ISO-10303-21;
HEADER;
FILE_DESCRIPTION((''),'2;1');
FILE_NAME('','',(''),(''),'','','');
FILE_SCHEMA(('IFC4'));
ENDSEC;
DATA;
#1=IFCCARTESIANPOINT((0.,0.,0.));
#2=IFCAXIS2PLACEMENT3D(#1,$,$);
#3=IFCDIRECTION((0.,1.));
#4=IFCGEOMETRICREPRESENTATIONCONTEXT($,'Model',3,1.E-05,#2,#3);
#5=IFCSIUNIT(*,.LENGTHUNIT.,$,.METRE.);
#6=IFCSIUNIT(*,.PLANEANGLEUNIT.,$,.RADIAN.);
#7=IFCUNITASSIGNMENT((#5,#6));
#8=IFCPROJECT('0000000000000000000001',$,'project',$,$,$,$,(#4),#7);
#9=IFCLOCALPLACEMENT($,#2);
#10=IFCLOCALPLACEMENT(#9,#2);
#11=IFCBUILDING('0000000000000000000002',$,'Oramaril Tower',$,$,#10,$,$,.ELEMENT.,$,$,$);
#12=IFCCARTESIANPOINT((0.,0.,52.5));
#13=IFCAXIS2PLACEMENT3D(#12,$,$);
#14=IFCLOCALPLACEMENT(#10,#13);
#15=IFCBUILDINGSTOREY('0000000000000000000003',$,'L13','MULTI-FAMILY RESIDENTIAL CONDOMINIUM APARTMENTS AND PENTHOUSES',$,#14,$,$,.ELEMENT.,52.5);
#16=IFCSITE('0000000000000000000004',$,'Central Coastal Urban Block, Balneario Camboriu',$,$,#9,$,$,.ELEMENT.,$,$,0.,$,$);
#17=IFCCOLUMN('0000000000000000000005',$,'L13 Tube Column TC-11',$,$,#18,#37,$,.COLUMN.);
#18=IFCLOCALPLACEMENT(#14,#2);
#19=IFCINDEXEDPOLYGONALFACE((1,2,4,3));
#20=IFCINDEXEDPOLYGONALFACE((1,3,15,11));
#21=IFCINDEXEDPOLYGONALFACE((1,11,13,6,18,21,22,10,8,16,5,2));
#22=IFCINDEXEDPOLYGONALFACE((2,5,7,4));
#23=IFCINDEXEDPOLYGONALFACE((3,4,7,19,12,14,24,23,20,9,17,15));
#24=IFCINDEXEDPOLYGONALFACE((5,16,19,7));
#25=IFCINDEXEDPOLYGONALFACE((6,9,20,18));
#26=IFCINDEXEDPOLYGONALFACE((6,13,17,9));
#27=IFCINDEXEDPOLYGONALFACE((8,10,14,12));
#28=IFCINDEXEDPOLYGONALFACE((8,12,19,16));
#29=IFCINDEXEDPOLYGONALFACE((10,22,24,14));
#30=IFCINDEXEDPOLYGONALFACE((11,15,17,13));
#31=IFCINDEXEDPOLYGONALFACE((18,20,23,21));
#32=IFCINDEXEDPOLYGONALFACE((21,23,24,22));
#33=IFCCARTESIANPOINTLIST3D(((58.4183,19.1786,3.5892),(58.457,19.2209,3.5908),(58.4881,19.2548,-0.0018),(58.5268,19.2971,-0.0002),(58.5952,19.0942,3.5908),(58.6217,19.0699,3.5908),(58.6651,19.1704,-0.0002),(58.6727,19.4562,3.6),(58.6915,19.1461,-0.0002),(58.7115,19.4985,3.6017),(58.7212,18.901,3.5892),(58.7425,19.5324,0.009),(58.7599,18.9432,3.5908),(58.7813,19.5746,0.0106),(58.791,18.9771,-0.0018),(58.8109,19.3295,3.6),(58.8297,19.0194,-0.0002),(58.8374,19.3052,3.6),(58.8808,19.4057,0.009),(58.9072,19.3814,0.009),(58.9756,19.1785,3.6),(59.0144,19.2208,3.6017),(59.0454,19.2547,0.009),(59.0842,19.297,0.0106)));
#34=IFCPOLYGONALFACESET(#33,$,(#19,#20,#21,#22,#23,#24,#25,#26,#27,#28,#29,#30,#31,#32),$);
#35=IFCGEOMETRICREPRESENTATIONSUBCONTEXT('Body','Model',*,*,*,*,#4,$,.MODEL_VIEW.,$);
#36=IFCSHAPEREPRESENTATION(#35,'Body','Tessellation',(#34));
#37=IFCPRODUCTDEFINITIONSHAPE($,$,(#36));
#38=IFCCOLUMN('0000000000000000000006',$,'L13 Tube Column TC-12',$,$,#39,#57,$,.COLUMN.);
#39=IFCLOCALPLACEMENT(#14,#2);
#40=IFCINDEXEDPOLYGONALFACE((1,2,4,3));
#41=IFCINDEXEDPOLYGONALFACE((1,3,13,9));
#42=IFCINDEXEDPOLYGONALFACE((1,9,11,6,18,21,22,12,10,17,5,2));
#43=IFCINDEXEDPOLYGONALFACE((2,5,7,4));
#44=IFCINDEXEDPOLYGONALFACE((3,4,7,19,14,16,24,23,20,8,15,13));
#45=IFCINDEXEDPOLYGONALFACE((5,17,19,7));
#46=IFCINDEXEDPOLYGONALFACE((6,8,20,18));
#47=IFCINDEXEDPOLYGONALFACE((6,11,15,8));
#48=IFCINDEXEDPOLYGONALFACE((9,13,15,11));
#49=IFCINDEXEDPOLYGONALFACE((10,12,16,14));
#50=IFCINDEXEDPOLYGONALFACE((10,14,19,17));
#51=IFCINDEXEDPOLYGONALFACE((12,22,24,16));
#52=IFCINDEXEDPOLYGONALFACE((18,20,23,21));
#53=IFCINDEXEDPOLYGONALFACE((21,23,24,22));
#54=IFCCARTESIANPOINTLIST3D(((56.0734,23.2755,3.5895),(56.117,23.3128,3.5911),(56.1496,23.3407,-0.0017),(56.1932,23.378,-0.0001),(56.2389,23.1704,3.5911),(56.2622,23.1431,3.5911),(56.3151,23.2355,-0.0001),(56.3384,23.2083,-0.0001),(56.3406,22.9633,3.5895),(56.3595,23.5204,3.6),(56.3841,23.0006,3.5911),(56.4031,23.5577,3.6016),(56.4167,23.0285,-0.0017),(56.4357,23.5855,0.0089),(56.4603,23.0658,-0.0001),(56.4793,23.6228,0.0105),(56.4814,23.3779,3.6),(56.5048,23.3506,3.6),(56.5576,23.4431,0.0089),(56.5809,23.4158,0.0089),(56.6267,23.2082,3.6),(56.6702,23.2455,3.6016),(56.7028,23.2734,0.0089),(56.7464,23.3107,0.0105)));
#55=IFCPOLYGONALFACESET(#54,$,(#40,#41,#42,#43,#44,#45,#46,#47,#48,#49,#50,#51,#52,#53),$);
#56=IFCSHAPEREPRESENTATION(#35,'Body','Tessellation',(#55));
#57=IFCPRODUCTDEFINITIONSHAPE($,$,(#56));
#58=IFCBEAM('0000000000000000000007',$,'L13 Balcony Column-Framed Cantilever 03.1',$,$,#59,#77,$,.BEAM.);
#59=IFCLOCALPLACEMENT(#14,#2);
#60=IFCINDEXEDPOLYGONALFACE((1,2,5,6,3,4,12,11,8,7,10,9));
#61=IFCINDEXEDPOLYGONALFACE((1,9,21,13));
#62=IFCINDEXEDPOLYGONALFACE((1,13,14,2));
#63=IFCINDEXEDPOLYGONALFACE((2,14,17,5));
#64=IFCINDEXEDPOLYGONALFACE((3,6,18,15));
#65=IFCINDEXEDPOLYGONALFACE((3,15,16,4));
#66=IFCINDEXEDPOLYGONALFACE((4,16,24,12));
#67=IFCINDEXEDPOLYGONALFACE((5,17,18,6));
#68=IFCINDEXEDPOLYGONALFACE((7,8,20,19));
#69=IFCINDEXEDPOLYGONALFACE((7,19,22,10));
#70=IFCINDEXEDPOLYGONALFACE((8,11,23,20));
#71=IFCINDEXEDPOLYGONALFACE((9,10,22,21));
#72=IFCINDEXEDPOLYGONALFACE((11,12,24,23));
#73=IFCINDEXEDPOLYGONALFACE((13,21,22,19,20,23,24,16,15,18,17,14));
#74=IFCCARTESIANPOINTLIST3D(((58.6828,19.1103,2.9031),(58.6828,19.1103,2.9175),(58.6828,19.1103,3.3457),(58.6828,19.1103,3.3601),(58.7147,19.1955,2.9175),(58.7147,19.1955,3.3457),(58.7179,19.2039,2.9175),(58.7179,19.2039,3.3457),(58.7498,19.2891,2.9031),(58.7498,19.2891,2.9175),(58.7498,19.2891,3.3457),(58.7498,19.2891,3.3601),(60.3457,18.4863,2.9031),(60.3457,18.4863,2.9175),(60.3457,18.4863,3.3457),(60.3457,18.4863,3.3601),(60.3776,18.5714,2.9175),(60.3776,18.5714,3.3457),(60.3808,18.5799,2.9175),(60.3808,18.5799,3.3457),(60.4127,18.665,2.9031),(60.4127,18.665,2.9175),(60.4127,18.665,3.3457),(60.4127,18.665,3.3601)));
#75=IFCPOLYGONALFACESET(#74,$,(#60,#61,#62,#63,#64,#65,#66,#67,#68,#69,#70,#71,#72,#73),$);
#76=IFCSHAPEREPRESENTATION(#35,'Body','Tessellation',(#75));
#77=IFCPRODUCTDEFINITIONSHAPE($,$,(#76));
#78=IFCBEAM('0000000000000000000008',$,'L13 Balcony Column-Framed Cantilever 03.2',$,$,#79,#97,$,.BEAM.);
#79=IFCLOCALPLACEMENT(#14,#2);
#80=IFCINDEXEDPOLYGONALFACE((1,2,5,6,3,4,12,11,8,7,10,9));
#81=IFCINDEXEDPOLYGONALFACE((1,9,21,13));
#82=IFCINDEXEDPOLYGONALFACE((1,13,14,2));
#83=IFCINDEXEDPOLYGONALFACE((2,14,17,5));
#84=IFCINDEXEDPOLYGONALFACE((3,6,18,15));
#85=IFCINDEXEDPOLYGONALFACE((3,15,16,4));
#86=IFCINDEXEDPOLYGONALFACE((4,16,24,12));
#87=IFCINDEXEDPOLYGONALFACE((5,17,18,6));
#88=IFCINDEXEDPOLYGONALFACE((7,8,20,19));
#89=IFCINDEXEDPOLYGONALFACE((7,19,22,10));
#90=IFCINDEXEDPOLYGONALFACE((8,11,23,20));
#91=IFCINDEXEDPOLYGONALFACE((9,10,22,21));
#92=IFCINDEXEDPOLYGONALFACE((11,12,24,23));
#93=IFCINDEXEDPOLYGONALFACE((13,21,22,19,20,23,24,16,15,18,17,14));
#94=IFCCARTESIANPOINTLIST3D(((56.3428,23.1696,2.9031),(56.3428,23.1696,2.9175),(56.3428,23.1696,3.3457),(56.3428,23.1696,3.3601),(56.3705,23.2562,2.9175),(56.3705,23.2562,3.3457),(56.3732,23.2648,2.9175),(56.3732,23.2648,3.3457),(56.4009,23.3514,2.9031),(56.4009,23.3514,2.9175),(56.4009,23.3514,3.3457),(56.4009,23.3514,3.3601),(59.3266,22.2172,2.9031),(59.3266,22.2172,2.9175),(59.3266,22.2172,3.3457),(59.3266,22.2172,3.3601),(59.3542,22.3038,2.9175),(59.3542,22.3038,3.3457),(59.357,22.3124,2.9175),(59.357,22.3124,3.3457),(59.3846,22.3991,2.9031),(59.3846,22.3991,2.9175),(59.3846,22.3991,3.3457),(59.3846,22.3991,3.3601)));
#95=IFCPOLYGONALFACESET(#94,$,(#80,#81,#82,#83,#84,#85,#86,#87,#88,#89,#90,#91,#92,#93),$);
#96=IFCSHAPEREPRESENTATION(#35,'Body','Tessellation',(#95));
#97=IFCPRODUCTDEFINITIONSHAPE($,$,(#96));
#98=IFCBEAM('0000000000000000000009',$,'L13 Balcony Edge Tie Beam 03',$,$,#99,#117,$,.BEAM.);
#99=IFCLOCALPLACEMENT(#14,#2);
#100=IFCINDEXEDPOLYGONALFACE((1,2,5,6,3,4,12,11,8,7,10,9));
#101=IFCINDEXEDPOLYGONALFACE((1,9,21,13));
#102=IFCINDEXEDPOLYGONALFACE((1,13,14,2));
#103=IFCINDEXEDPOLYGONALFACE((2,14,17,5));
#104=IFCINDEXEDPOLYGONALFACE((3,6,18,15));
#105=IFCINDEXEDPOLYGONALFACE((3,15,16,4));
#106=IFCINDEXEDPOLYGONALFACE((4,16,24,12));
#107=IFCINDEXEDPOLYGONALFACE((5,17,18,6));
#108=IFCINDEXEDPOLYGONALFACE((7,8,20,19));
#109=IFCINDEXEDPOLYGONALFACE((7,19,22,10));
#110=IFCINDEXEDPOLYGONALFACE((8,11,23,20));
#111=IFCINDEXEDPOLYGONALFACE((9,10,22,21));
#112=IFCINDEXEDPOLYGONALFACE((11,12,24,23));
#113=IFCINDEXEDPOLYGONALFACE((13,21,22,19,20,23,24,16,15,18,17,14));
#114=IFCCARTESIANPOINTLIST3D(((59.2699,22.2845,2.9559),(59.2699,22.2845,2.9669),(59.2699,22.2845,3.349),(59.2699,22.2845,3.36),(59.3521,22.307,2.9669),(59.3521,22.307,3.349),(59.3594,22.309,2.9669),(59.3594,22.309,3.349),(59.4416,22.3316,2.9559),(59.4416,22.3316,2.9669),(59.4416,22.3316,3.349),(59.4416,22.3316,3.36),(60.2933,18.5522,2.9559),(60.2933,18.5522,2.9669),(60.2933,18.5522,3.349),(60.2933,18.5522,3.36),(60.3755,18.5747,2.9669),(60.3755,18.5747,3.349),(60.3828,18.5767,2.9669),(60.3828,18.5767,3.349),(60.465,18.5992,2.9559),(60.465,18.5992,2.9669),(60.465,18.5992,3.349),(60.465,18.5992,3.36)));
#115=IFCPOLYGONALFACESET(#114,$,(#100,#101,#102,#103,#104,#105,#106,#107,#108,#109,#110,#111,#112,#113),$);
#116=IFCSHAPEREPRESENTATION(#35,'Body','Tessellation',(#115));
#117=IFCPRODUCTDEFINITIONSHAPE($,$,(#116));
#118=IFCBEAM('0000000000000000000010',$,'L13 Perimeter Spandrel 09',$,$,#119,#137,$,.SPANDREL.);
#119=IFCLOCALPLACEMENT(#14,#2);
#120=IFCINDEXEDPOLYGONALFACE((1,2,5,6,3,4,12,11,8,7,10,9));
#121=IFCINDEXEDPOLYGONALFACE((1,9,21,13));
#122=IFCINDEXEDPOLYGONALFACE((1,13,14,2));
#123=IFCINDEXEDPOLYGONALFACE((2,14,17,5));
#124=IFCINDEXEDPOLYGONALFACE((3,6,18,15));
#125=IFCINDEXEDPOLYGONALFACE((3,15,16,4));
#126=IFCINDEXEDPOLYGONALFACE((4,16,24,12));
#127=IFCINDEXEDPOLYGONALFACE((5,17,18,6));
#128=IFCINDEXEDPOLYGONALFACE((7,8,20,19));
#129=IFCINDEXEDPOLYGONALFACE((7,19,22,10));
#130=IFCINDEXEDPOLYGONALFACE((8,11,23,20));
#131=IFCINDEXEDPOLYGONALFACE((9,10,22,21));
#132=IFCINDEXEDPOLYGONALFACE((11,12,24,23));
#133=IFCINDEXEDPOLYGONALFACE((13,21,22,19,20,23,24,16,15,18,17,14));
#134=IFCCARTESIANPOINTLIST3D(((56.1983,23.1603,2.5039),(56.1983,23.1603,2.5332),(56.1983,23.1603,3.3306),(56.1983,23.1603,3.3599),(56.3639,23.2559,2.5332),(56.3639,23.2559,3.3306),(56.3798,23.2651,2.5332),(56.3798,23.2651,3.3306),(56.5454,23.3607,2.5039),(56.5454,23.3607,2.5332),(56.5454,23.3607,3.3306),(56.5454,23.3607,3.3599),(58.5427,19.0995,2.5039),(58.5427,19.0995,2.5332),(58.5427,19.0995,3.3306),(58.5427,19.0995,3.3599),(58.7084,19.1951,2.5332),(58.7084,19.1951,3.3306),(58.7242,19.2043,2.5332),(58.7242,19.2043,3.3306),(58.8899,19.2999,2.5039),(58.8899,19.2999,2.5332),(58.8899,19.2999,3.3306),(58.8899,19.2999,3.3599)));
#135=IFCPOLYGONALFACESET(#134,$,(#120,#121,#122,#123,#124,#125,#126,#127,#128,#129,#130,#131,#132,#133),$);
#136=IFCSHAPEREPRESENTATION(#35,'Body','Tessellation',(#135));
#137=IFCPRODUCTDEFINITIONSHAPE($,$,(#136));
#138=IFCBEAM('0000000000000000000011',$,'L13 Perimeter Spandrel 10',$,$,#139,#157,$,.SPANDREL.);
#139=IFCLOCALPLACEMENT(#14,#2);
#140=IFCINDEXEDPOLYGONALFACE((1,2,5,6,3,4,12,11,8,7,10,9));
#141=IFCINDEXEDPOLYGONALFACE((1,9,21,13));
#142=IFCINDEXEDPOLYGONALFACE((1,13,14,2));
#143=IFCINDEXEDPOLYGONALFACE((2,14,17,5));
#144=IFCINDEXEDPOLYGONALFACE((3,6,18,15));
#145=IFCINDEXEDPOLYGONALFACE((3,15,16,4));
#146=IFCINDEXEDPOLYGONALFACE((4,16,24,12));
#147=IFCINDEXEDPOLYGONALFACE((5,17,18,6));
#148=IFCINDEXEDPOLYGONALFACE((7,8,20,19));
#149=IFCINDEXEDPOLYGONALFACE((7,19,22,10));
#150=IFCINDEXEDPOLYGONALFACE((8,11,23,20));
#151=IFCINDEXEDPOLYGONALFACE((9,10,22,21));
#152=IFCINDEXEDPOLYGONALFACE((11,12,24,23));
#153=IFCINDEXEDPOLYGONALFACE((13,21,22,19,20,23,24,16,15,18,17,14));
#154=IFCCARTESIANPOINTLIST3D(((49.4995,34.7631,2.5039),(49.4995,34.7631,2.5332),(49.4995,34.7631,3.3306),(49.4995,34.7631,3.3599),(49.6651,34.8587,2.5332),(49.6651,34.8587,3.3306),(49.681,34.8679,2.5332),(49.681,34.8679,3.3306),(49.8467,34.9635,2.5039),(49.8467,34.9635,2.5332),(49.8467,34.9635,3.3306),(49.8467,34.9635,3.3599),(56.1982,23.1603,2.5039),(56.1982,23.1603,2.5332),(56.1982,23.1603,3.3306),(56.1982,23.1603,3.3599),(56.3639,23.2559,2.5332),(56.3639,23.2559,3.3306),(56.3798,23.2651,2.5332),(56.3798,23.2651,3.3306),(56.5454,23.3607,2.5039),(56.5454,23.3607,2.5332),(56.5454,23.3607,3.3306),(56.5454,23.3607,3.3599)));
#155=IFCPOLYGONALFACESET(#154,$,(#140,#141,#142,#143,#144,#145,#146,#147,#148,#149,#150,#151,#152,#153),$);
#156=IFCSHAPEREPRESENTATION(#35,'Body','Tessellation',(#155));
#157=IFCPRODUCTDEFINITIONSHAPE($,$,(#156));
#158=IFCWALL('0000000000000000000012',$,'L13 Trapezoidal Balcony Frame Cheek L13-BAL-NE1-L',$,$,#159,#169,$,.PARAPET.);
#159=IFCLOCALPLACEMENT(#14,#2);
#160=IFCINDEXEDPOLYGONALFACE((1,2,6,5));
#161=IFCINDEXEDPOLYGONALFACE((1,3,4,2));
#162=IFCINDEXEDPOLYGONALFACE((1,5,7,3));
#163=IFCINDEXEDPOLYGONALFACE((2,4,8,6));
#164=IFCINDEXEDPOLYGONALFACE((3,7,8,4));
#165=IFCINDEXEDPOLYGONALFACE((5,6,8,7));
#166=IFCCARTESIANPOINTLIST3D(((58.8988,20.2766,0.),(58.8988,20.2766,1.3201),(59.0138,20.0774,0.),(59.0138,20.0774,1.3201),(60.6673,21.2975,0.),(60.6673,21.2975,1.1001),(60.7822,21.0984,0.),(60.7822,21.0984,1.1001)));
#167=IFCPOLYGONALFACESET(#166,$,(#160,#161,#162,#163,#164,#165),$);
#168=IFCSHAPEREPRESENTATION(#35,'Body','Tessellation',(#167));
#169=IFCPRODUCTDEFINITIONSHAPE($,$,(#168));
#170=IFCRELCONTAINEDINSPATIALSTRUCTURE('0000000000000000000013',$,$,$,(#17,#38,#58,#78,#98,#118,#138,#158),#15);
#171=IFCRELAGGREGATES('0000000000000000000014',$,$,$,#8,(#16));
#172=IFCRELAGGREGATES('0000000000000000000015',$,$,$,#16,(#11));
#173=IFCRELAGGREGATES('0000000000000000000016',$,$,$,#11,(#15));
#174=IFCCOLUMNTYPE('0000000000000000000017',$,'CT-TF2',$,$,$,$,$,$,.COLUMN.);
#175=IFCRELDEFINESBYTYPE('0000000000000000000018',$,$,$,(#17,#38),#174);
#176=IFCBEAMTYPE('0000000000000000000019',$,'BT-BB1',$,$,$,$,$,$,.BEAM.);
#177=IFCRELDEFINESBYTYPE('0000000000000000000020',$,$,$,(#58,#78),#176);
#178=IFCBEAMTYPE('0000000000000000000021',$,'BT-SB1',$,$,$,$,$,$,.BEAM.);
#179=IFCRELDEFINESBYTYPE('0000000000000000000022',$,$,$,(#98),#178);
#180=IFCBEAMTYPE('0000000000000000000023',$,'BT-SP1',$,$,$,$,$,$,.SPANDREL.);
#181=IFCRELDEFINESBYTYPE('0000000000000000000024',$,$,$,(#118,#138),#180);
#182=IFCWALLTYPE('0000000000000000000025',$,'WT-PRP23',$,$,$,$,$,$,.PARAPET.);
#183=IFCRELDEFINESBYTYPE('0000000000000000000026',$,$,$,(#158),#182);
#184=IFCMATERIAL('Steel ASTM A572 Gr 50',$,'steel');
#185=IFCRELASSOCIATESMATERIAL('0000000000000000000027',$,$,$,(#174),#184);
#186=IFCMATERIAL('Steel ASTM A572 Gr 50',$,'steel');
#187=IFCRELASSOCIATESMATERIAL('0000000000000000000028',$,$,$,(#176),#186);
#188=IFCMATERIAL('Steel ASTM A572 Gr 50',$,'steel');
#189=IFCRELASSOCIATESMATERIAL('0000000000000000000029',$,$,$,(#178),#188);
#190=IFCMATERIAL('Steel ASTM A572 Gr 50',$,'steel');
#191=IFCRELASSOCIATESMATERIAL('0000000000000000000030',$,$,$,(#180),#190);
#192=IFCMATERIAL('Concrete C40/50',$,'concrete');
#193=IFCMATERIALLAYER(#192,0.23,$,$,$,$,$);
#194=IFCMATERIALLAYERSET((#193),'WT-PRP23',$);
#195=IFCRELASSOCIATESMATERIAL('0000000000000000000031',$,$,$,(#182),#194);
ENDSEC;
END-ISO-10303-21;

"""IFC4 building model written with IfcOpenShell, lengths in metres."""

from ifc_helpers import new_model, si_unit, direction, frame, origin, origin_2d, place, context, subcontext, project, spatial, polyline, i_section, outline, extrude, material, layer, layer_set, material_profile, profile_set, type_object, element, save


model = new_model("IFC4")

# Units and contexts
model_context = context("Model", 3, precision=1e-05, world=origin(), true_north=direction((0.0, 1.0)))
body_context = subcontext(model_context, "Body", "Model", "MODEL_VIEW")
ifc_project = project(units=[si_unit("LENGTHUNIT", "METRE"), si_unit("PLANEANGLEUNIT", "RADIAN")], contexts=[model_context])

# Site, building, storey
site_placement = place(None, origin())
site = spatial("IfcSite", under=ifc_project, at=site_placement, Name="Central Coastal Urban Block, Balneario Camboriu", CompositionType="ELEMENT", RefElevation=0.0)
building_placement = place(site_placement, origin())
building = spatial("IfcBuilding", under=site, at=building_placement, Name="Oramaril Tower", CompositionType="ELEMENT")
storey_placement = place(building_placement, frame((0.0, 0.0, 52.5)))
storey = spatial("IfcBuildingStorey", under=building, at=storey_placement, Name="L13", Description="MULTI-FAMILY RESIDENTIAL CONDOMINIUM APARTMENTS AND PENTHOUSES", CompositionType="ELEMENT", Elevation=52.5)

# Columns
ifc_material_1 = material(Name="Steel ASTM A572 Gr 50", Category="steel")
ifc_material_profile_1 = material_profile(ifc_material_1, i_section(OverallWidth=0.4109, OverallDepth=0.4341, WebThickness=0.0359, FlangeThickness=0.0574, at=origin_2d()), Name="W14X311")
ifc_profile_set_1 = profile_set([ifc_material_profile_1], Name="Steel ASTM A572 Gr 50")
column_type = type_object("IfcColumnType", Name="CT-TF2", PredefinedType="COLUMN", material=ifc_profile_set_1)
for number, where, z_axis, x_axis, name in (
    (1, (58.7861, 19.2759, 0.0044), (-0.019436, -0.021203, 0.999586), (0.737154, -0.675725, 0.0), "L13 Tube Column TC-11"),
    (2, (56.448, 23.3257, 0.0044), (-0.021203, -0.018145, 0.999611), (0.65019, -0.759772, 0.0), "L13 Tube Column TC-12"),
):
    element("IfcColumn", number, at=place(storey_placement, frame(where, z_axis=z_axis, x_axis=x_axis)), inside=storey, type_object=column_type, Name=name, PredefinedType="COLUMN", context=body_context, shape_type="SweptSolid", body=[
        extrude(i_section(OverallWidth=0.4109, OverallDepth=0.4341, WebThickness=0.0359, FlangeThickness=0.0574, at=origin_2d()), origin(), (0.0, 0.0, 1.0), 3.5925),
    ])

# Beams
ifc_material_2 = material(Name="Steel ASTM A572 Gr 50", Category="steel")
ifc_material_profile_2 = material_profile(ifc_material_2, i_section(OverallWidth=0.1909, OverallDepth=0.457, WebThickness=0.009, FlangeThickness=0.0144, at=origin_2d()), Name="W18X50")
ifc_profile_set_2 = profile_set([ifc_material_profile_2], Name="Steel ASTM A572 Gr 50")
beam_type_1 = type_object("IfcBeamType", Name="BT-BB1", PredefinedType="BEAM", material=ifc_profile_set_2)
beam_1_placement = place(storey_placement, frame((58.7163, 19.1997, 3.1316), z_axis=(0.936244, -0.351349, 0.0), x_axis=(0.351349, 0.936244, 0.0)))
element("IfcBeam", 3, at=beam_1_placement, inside=storey, type_object=beam_type_1, Name="L13 Balcony Column-Framed Cantilever 03.1", PredefinedType="BEAM", context=body_context, shape_type="SweptSolid", body=[
    extrude(i_section(OverallWidth=0.1909, OverallDepth=0.457, WebThickness=0.009, FlangeThickness=0.0144, at=origin_2d()), origin(), (0.0, 0.0, 1.0), 1.7761),
])
beam_2_placement = place(storey_placement, frame((56.3718, 23.2605, 3.1316), z_axis=(0.952651, -0.304066, 0.0), x_axis=(0.304066, 0.952651, 0.0)))
element("IfcBeam", 4, at=beam_2_placement, inside=storey, type_object=beam_type_1, Name="L13 Balcony Column-Framed Cantilever 03.2", PredefinedType="BEAM", context=body_context, shape_type="SweptSolid", body=[
    extrude(i_section(OverallWidth=0.1909, OverallDepth=0.457, WebThickness=0.009, FlangeThickness=0.0144, at=origin_2d()), origin(), (0.0, 0.0, 1.0), 3.1321),
])
ifc_material_3 = material(Name="Steel ASTM A572 Gr 50", Category="steel")
ifc_material_profile_3 = material_profile(ifc_material_3, i_section(OverallWidth=0.178, OverallDepth=0.4041, WebThickness=0.0076, FlangeThickness=0.011, at=origin_2d()), Name="W16X36")
ifc_profile_set_3 = profile_set([ifc_material_profile_3], Name="Steel ASTM A572 Gr 50")
beam_type_2 = type_object("IfcBeamType", Name="BT-SB1", PredefinedType="BEAM", material=ifc_profile_set_3)
beam_3_placement = place(storey_placement, frame((60.3792, 18.5757, 3.158), z_axis=(-0.264441, 0.964402, 0.0), x_axis=(-0.964402, -0.264441, 0.0)))
element("IfcBeam", 5, at=beam_3_placement, inside=storey, type_object=beam_type_2, Name="L13 Balcony Edge Tie Beam 03", PredefinedType="BEAM", context=body_context, shape_type="SweptSolid", body=[
    extrude(i_section(OverallWidth=0.178, OverallDepth=0.4041, WebThickness=0.0076, FlangeThickness=0.011, at=origin_2d()), origin(), (0.0, 0.0, 1.0), 3.8701),
])
ifc_material_4 = material(Name="Steel ASTM A572 Gr 50", Category="steel")
ifc_material_profile_4 = material_profile(ifc_material_4, i_section(OverallWidth=0.4009, OverallDepth=0.856, WebThickness=0.0183, FlangeThickness=0.0293, at=origin_2d()), Name="W33X201")
ifc_profile_set_4 = profile_set([ifc_material_profile_4], Name="Steel ASTM A572 Gr 50")
beam_type_3 = type_object("IfcBeamType", Name="BT-SP1", PredefinedType="SPANDREL", material=ifc_profile_set_4)
beam_4_placement = place(storey_placement, frame((58.7163, 19.1997, 2.9319), z_axis=(-0.499997, 0.866027, 0.0), x_axis=(-0.866027, -0.499997, 0.0)))
element("IfcBeam", 6, at=beam_4_placement, inside=storey, type_object=beam_type_3, Name="L13 Perimeter Spandrel 09", PredefinedType="SPANDREL", context=body_context, shape_type="SweptSolid", body=[
    extrude(i_section(OverallWidth=0.4009, OverallDepth=0.856, WebThickness=0.0183, FlangeThickness=0.0293, at=origin_2d()), origin(), (0.0, 0.0, 1.0), 4.689),
])
beam_5_placement = place(storey_placement, frame((56.3718, 23.2605, 2.9319), z_axis=(-0.499992, 0.86603, 0.0), x_axis=(-0.86603, -0.499992, 0.0)))
element("IfcBeam", 7, at=beam_5_placement, inside=storey, type_object=beam_type_3, Name="L13 Perimeter Spandrel 10", PredefinedType="SPANDREL", context=body_context, shape_type="SweptSolid", body=[
    extrude(i_section(OverallWidth=0.4009, OverallDepth=0.856, WebThickness=0.0183, FlangeThickness=0.0293, at=origin_2d()), origin(), (0.0, 0.0, 1.0), 13.3977),
])

# Wall
ifc_material_5 = material(Name="Concrete C40/50", Category="concrete")
ifc_layer_1 = layer(ifc_material_5, 0.23)
ifc_layer_set_1 = layer_set([ifc_layer_1], Name="WT-PRP23")
wall_type_1 = type_object("IfcWallType", Name="WT-PRP23", PredefinedType="PARAPET", material=ifc_layer_set_1)
wall_1_placement = place(storey_placement, frame((58.9563, 20.177, 0.0), z_axis=(0.0, 0.0, 1.0), x_axis=(0.866042, 0.499971, 0.0)))
element("IfcWall", 8, at=wall_1_placement, inside=storey, type_object=wall_type_1, Name="L13 Trapezoidal Balcony Frame Cheek L13-BAL-NE1-L", PredefinedType="PARAPET", context=body_context, shape_type="SweptSolid", body=[
    extrude(outline(polyline([(0.0, 0.0), (2.042, 0.0), (2.042, 1.1001), (0.0, 1.3201), (0.0, 0.0)])), frame((0.0, 0.115, 0.0), z_axis=(0.0, -1.0, 0.0), x_axis=(1.0, 0.0, 0.0)), (0.0, 0.0, 1.0), 0.23),
])

save(model, "model.ifc")
